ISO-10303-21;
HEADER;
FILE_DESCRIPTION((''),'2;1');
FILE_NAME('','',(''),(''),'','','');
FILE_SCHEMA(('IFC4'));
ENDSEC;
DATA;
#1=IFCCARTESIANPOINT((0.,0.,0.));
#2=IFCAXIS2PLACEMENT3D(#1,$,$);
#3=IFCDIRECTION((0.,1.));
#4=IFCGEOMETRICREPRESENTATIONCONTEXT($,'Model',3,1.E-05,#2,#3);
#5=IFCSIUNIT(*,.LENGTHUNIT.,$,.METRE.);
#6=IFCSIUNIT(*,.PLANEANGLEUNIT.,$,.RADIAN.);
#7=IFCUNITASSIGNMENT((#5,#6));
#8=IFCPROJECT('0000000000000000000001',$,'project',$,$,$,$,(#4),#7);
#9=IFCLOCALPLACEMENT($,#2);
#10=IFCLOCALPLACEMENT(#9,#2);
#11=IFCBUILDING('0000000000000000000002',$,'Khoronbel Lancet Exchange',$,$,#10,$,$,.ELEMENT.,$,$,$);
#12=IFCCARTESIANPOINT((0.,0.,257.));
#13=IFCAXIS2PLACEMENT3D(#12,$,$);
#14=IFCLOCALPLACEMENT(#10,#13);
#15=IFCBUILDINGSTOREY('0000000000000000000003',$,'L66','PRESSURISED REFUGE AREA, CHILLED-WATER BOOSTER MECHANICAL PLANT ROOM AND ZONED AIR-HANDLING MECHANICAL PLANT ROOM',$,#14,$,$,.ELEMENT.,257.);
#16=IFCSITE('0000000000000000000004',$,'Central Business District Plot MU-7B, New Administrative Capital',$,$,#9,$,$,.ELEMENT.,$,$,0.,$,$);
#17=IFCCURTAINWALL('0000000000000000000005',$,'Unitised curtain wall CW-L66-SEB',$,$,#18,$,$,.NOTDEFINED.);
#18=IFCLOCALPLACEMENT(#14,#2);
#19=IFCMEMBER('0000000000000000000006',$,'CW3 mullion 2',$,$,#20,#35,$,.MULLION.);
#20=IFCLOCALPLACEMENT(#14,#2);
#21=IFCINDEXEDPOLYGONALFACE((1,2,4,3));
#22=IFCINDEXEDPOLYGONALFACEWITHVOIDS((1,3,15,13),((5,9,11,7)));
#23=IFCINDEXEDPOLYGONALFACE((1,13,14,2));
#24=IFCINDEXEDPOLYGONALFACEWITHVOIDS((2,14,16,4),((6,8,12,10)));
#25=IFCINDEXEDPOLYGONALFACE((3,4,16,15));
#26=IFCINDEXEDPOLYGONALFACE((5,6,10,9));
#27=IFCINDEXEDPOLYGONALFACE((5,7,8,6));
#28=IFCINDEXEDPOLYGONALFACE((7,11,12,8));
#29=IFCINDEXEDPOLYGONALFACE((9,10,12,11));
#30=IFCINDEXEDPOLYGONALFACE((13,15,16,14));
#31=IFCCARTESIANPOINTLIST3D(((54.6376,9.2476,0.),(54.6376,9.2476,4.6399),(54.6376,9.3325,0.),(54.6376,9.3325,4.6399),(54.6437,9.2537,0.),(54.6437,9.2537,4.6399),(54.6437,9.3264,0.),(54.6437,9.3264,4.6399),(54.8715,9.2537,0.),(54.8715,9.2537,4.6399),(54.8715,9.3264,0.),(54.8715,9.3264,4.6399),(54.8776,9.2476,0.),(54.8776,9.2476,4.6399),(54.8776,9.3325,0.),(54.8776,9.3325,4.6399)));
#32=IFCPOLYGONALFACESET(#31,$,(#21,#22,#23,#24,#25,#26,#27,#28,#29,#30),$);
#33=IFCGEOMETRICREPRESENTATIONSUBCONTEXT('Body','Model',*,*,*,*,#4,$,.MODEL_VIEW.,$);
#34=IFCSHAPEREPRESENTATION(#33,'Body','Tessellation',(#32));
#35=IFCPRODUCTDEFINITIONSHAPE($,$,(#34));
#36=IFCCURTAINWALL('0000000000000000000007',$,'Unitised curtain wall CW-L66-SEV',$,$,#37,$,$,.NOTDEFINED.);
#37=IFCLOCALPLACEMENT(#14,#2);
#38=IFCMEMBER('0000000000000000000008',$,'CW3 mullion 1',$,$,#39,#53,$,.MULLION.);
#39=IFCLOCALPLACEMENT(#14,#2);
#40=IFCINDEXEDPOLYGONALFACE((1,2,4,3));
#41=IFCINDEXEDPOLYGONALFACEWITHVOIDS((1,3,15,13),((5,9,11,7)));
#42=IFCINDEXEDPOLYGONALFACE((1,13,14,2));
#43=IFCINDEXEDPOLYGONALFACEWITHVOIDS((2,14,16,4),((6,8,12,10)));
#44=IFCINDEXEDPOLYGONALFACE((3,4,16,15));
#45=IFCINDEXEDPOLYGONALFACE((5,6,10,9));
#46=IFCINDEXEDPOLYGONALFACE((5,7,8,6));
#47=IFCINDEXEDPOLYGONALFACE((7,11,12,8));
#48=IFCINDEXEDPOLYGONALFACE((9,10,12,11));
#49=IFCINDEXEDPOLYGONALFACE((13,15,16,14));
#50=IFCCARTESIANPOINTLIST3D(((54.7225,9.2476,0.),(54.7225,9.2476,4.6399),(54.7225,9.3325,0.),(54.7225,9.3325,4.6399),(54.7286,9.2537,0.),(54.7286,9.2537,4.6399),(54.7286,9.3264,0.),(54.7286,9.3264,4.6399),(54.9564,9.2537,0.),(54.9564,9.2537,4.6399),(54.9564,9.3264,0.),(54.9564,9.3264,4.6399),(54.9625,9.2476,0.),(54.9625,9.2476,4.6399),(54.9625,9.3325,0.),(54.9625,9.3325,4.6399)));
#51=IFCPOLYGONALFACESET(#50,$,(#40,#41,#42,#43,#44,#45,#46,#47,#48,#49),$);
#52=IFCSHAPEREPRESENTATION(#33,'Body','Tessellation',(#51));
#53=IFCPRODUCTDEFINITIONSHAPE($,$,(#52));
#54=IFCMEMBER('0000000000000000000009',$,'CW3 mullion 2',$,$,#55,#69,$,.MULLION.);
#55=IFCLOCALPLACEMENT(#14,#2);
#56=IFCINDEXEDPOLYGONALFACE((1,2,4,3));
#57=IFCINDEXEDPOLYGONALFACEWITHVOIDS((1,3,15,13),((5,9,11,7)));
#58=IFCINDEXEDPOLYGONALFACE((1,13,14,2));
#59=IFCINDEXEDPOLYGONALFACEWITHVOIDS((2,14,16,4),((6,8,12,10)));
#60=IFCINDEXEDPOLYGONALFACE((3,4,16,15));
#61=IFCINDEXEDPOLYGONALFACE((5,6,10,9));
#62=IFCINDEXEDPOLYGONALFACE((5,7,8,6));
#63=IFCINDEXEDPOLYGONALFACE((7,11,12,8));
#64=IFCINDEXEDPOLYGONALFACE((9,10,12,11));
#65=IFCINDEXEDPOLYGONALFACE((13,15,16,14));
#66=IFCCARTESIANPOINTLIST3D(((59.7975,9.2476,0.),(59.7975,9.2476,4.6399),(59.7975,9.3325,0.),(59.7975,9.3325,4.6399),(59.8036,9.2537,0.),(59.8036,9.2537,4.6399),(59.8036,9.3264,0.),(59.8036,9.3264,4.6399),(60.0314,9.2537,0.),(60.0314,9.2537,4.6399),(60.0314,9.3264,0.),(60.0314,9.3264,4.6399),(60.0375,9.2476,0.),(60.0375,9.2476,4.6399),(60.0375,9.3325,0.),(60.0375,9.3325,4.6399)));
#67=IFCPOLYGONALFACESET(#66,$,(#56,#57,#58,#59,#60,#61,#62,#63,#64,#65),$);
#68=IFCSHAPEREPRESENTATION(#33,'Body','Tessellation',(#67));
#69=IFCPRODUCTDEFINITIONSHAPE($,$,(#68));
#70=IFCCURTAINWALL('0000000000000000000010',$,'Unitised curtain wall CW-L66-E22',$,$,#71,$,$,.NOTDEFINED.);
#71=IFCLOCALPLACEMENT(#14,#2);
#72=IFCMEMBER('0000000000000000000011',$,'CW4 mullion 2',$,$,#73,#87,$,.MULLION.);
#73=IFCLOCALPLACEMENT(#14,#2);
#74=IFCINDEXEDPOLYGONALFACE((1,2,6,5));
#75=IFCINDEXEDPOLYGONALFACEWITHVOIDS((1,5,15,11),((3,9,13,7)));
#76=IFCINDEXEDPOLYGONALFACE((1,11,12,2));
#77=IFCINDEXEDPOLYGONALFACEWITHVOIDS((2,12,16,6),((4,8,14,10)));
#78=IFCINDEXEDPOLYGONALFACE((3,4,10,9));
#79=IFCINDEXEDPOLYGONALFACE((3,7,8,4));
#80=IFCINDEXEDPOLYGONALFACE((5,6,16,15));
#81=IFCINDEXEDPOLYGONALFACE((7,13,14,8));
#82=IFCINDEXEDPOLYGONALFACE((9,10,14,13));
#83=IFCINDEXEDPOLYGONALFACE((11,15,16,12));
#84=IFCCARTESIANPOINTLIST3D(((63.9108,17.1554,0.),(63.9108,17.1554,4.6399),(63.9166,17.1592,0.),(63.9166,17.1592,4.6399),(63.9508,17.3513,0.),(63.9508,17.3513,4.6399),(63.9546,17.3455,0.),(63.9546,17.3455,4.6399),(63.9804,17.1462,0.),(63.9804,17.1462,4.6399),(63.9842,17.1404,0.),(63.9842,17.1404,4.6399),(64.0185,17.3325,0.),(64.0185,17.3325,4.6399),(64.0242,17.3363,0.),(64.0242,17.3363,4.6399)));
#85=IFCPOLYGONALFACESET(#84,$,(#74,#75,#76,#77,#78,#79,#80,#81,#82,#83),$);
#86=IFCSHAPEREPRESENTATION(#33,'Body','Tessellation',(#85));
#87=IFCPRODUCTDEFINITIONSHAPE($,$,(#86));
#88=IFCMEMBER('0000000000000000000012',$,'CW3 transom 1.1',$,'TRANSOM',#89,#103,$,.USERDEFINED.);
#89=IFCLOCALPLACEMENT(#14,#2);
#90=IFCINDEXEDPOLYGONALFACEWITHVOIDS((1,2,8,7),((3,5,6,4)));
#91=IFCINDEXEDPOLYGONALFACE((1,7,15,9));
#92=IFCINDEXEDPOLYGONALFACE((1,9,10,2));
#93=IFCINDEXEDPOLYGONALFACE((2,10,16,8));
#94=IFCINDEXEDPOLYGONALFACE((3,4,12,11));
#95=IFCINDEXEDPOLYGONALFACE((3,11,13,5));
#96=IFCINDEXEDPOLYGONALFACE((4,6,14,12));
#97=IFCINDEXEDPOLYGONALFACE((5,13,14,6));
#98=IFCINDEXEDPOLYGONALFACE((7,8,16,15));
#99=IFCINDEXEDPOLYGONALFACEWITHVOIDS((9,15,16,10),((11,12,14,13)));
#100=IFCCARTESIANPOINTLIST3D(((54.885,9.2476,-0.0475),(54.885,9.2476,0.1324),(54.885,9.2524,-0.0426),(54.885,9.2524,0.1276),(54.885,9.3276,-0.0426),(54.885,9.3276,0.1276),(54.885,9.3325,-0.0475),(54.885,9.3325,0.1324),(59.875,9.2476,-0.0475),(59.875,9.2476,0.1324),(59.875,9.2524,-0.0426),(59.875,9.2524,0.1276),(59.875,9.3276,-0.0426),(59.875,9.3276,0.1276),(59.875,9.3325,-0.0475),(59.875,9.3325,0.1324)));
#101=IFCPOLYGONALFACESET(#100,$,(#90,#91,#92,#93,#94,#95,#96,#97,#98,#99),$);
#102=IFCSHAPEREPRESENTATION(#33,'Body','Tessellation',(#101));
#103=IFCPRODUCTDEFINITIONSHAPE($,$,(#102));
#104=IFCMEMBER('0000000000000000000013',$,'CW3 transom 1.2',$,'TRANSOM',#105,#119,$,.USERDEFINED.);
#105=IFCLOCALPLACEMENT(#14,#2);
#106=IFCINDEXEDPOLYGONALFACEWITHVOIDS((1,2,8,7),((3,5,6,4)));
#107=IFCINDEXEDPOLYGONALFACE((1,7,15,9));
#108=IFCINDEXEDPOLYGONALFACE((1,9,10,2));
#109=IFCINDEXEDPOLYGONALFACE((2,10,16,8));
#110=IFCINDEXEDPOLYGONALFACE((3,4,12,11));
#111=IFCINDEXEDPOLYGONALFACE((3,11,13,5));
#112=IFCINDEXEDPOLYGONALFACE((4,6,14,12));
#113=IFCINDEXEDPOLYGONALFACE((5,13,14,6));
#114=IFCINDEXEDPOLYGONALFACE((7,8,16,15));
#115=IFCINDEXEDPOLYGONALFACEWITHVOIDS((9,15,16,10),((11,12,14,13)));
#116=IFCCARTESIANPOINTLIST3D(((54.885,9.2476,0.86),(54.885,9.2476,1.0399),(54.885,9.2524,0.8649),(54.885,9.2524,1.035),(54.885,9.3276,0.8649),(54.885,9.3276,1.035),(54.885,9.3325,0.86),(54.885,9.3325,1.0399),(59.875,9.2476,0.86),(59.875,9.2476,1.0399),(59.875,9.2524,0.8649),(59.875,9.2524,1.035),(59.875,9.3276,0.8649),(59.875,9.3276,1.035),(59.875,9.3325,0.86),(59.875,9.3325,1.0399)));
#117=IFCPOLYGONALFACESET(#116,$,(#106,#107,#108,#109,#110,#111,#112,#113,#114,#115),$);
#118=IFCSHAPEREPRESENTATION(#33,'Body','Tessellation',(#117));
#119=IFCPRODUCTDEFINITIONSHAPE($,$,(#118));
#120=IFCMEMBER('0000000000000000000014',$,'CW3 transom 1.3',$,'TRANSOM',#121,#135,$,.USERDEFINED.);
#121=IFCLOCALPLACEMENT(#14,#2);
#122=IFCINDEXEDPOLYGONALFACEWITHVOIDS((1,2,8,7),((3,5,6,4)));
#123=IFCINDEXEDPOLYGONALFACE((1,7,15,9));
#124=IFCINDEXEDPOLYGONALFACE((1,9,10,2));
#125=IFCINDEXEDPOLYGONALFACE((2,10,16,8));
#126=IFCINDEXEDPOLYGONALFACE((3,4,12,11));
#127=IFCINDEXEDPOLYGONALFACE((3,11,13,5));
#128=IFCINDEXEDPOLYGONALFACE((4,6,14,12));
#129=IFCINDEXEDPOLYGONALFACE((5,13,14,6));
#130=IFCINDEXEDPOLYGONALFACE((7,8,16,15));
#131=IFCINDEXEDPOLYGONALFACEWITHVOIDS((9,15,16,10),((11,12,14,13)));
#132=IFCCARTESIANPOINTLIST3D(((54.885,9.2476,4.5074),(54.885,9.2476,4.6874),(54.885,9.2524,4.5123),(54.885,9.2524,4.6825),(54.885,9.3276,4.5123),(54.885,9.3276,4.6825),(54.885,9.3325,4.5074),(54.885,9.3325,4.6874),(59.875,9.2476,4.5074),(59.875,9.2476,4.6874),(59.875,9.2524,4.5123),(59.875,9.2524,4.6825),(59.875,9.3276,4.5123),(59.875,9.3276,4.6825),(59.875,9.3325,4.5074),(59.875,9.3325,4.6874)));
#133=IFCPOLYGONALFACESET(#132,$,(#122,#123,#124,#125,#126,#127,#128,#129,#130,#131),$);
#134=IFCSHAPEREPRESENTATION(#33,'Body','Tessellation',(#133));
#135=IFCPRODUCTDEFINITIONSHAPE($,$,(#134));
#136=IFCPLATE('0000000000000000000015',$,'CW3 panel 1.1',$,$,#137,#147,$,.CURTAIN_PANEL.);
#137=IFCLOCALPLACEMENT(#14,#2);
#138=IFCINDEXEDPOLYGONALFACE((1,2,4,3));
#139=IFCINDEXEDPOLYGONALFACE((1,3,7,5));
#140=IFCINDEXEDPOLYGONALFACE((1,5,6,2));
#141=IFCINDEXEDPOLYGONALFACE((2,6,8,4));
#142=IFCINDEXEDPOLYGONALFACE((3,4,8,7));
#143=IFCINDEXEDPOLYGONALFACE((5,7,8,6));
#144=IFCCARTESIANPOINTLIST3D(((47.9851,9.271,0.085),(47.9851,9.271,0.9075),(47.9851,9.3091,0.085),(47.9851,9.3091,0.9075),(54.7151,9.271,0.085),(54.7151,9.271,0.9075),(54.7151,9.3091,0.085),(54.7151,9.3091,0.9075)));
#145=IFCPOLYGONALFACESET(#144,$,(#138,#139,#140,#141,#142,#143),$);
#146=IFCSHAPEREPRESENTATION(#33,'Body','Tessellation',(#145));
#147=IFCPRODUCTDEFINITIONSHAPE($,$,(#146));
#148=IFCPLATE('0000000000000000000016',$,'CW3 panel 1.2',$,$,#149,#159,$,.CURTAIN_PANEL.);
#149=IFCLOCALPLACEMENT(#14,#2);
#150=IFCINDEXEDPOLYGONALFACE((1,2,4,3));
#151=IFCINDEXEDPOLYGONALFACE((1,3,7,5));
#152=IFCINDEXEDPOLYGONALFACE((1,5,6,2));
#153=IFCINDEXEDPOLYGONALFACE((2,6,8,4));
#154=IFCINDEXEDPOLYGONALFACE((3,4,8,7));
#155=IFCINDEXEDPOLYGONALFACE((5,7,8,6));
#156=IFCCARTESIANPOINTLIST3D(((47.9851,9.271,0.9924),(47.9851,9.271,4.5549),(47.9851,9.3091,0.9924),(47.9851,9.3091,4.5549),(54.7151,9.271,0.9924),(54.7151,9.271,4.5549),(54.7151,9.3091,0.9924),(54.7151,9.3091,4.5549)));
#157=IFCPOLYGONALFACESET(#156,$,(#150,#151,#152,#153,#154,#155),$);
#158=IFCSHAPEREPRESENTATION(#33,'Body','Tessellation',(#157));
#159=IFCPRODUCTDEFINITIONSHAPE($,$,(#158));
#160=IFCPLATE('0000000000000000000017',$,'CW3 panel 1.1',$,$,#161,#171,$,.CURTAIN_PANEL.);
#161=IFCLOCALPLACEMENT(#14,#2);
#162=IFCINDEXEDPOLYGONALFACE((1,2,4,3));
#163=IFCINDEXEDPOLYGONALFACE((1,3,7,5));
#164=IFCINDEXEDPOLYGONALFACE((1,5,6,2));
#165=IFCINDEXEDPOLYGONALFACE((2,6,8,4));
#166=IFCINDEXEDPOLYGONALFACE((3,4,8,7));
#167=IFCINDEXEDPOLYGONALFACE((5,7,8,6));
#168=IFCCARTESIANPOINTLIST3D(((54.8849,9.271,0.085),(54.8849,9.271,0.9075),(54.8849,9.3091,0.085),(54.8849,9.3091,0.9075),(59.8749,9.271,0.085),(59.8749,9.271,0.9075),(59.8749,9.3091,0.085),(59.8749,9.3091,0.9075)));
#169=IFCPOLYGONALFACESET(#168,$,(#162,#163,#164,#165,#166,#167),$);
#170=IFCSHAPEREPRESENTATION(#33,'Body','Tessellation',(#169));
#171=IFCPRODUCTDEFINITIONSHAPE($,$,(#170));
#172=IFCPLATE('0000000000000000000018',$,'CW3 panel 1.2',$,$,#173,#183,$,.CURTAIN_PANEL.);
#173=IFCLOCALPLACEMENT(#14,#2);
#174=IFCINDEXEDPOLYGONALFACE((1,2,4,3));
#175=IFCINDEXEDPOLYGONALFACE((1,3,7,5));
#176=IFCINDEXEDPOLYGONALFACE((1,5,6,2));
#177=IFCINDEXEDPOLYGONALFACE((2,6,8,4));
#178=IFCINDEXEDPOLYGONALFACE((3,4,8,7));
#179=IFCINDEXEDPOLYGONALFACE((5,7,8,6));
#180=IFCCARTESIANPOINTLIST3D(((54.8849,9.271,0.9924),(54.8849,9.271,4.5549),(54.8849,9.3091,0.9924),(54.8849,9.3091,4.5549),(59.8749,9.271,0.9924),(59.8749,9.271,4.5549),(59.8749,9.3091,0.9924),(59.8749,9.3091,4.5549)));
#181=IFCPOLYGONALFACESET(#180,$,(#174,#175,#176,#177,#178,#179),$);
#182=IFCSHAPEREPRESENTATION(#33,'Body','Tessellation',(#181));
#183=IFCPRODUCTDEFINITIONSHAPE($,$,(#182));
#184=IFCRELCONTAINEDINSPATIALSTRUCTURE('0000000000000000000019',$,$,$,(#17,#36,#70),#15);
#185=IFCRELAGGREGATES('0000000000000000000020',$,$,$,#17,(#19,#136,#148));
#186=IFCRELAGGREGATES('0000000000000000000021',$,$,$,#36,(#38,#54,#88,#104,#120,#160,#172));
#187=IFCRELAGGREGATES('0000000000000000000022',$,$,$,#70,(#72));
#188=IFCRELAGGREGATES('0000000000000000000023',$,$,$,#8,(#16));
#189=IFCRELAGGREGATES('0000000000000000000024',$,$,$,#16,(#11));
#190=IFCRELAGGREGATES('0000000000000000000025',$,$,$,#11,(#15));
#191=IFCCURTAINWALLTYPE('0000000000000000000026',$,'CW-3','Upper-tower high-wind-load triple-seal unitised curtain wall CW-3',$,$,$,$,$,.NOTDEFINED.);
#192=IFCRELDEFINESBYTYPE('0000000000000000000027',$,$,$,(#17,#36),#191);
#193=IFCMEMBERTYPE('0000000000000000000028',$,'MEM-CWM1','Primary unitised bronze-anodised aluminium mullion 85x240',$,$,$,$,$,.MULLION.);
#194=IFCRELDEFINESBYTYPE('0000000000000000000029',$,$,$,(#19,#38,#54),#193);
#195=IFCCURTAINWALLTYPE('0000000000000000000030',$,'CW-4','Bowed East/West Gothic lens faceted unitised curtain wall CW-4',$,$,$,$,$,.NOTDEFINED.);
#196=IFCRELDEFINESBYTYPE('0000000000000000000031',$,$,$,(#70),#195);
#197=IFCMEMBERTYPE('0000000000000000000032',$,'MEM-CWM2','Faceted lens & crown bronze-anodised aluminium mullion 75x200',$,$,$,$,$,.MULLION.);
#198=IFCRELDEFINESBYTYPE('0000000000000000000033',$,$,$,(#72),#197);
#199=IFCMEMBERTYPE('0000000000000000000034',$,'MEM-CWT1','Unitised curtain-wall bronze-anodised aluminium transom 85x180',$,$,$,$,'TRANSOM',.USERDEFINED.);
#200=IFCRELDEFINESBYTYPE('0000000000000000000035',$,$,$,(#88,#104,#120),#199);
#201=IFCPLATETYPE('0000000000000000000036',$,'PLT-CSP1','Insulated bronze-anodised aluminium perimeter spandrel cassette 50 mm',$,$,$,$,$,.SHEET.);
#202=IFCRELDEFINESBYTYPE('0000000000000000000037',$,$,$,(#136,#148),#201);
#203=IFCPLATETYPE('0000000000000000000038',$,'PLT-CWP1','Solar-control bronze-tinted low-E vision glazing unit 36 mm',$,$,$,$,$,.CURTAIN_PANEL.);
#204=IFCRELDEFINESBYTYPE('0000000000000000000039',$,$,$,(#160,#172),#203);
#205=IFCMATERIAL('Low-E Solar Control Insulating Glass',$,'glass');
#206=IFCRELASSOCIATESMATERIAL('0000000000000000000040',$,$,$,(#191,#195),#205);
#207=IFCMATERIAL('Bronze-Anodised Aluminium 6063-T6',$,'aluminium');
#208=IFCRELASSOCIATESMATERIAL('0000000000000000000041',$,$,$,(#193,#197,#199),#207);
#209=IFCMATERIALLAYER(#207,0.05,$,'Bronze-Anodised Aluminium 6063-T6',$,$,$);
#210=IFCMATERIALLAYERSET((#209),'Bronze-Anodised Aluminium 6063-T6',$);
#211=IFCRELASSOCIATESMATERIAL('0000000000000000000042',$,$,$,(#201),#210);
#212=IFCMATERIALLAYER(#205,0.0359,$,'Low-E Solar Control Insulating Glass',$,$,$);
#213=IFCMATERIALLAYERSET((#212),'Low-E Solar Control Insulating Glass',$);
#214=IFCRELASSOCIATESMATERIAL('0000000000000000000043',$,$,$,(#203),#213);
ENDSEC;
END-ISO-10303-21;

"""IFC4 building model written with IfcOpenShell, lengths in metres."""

from ifc_helpers import new_model, si_unit, direction, frame, origin, origin_2d, place, context, subcontext, project, spatial, rectangle, hollow_rectangle, extrude, material, layer, layer_set, material_profile, profile_set, type_object, element, aggregate, save


model = new_model("IFC4")

# Units and contexts
model_context = context("Model", 3, precision=1e-05, world=origin(), true_north=direction((0.0, 1.0)))
body_context = subcontext(model_context, "Body", "Model", "MODEL_VIEW")
ifc_project = project(units=[si_unit("LENGTHUNIT", "METRE"), si_unit("PLANEANGLEUNIT", "RADIAN")], contexts=[model_context])

# Site, building, storey
site_placement = place(None, origin())
site = spatial("IfcSite", under=ifc_project, at=site_placement, Name="Central Business District Plot MU-7B, New Administrative Capital", CompositionType="ELEMENT", RefElevation=0.0)
building_placement = place(site_placement, origin())
building = spatial("IfcBuilding", under=site, at=building_placement, Name="Khoronbel Lancet Exchange", CompositionType="ELEMENT")
storey_placement = place(building_placement, frame((0.0, 0.0, 257.0)))
storey = spatial("IfcBuildingStorey", under=building, at=storey_placement, Name="L66", Description="PRESSURISED REFUGE AREA, CHILLED-WATER BOOSTER MECHANICAL PLANT ROOM AND ZONED AIR-HANDLING MECHANICAL PLANT ROOM", CompositionType="ELEMENT", Elevation=257.0)

# Curtain wall, member
ifc_material_1 = material(Name="Low-E Solar Control Insulating Glass", Category="glass")
curtain_wall_type_1 = type_object("IfcCurtainWallType", Name="CW-3", Description="Upper-tower high-wind-load triple-seal unitised curtain wall CW-3", PredefinedType="NOTDEFINED", material=ifc_material_1)
curtain_wall_1_placement = place(storey_placement, origin())
curtain_wall_1 = element("IfcCurtainWall", 1, at=curtain_wall_1_placement, inside=storey, type_object=curtain_wall_type_1, Name="Unitised curtain wall CW-L66-SEB", PredefinedType="NOTDEFINED")
ifc_material_2 = material(Name="Bronze-Anodised Aluminium 6063-T6", Category="aluminium")
ifc_material_profile_1 = material_profile(ifc_material_2, hollow_rectangle(XDim=0.085, YDim=0.24, WallThickness=0.0061, at=origin_2d()), Name="ALU MULLION 85x240")
ifc_profile_set_1 = profile_set([ifc_material_profile_1], Name="Bronze-Anodised Aluminium 6063-T6")
member_type_1 = type_object("IfcMemberType", Name="MEM-CWM1", Description="Primary unitised bronze-anodised aluminium mullion 85x240", PredefinedType="MULLION", material=ifc_profile_set_1)
member_1_placement = place(storey_placement, frame((54.7576, 9.29, 0.0), z_axis=(0.0, 0.0, 1.0), x_axis=(0.0, 1.0, 0.0)))
member_1 = element("IfcMember", 2, at=member_1_placement, type_object=member_type_1, Name="CW3 mullion 2", PredefinedType="MULLION", context=body_context, shape_type="SweptSolid", body=[
    extrude(hollow_rectangle(XDim=0.085, YDim=0.24, WallThickness=0.0061, at=origin_2d()), origin(), (0.0, 0.0, 1.0), 4.6399),
])

# Curtain wall, members
curtain_wall_2_placement = place(storey_placement, origin())
curtain_wall_2 = element("IfcCurtainWall", 3, at=curtain_wall_2_placement, inside=storey, type_object=curtain_wall_type_1, Name="Unitised curtain wall CW-L66-SEV", PredefinedType="NOTDEFINED")
member_2_placement = place(storey_placement, frame((54.8425, 9.29, 0.0), z_axis=(0.0, 0.0, 1.0), x_axis=(0.0, 1.0, 0.0)))
member_2 = element("IfcMember", 4, at=member_2_placement, type_object=member_type_1, Name="CW3 mullion 1", PredefinedType="MULLION", context=body_context, shape_type="SweptSolid", body=[
    extrude(hollow_rectangle(XDim=0.085, YDim=0.24, WallThickness=0.0061, at=origin_2d()), origin(), (0.0, 0.0, 1.0), 4.6399),
])
member_3_placement = place(storey_placement, frame((59.9175, 9.29, 0.0), z_axis=(0.0, 0.0, 1.0), x_axis=(0.0, 1.0, 0.0)))
member_3 = element("IfcMember", 5, at=member_3_placement, type_object=member_type_1, Name="CW3 mullion 2", PredefinedType="MULLION", context=body_context, shape_type="SweptSolid", body=[
    extrude(hollow_rectangle(XDim=0.085, YDim=0.24, WallThickness=0.0061, at=origin_2d()), origin(), (0.0, 0.0, 1.0), 4.6399),
])

# Curtain wall, member
curtain_wall_type_2 = type_object("IfcCurtainWallType", Name="CW-4", Description="Bowed East/West Gothic lens faceted unitised curtain wall CW-4", PredefinedType="NOTDEFINED", material=ifc_material_1)
curtain_wall_3_placement = place(storey_placement, origin())
curtain_wall_3 = element("IfcCurtainWall", 6, at=curtain_wall_3_placement, inside=storey, type_object=curtain_wall_type_2, Name="Unitised curtain wall CW-L66-E22", PredefinedType="NOTDEFINED")
ifc_material_profile_2 = material_profile(ifc_material_2, hollow_rectangle(XDim=0.075, YDim=0.2, WallThickness=0.0049, at=origin_2d()), Name="ALU MULLION 75x200")
ifc_profile_set_2 = profile_set([ifc_material_profile_2], Name="Bronze-Anodised Aluminium 6063-T6")
member_type_2 = type_object("IfcMemberType", Name="MEM-CWM2", Description="Faceted lens & crown bronze-anodised aluminium mullion 75x200", PredefinedType="MULLION", material=ifc_profile_set_2)
member_4_placement = place(storey_placement, frame((63.9675, 17.2458, 0.0), z_axis=(0.0, 0.0, 1.0), x_axis=(0.979785, -0.200052, 0.0)))
member_4 = element("IfcMember", 7, at=member_4_placement, type_object=member_type_2, Name="CW4 mullion 2", PredefinedType="MULLION", context=body_context, shape_type="SweptSolid", body=[
    extrude(hollow_rectangle(XDim=0.075, YDim=0.2, WallThickness=0.0049, at=origin_2d()), origin(), (0.0, 0.0, 1.0), 4.6399),
])

# Members
ifc_material_profile_3 = material_profile(ifc_material_2, hollow_rectangle(XDim=0.085, YDim=0.1799, WallThickness=0.0049, at=origin_2d()), Name="ALU TRANSOM 85x180")
ifc_profile_set_3 = profile_set([ifc_material_profile_3], Name="Bronze-Anodised Aluminium 6063-T6")
member_type_3 = type_object("IfcMemberType", Name="MEM-CWT1", Description="Unitised curtain-wall bronze-anodised aluminium transom 85x180", ElementType="TRANSOM", PredefinedType="USERDEFINED", material=ifc_profile_set_3)
member_5_placement = place(storey_placement, frame((54.885, 9.29, 0.0425), z_axis=(1.0, 0.0, 0.0), x_axis=(0.0, 1.0, 0.0)))
member_5 = element("IfcMember", 8, at=member_5_placement, type_object=member_type_3, Name="CW3 transom 1.1", ObjectType="TRANSOM", PredefinedType="USERDEFINED", context=body_context, shape_type="SweptSolid", body=[
    extrude(hollow_rectangle(XDim=0.085, YDim=0.1799, WallThickness=0.0049, at=origin_2d()), origin(), (0.0, 0.0, 1.0), 4.99),
])
member_6_placement = place(storey_placement, frame((54.885, 9.29, 0.95), z_axis=(1.0, 0.0, 0.0), x_axis=(0.0, 1.0, 0.0)))
member_6 = element("IfcMember", 9, at=member_6_placement, type_object=member_type_3, Name="CW3 transom 1.2", ObjectType="TRANSOM", PredefinedType="USERDEFINED", context=body_context, shape_type="SweptSolid", body=[
    extrude(hollow_rectangle(XDim=0.085, YDim=0.1799, WallThickness=0.0049, at=origin_2d()), origin(), (0.0, 0.0, 1.0), 4.99),
])
member_7_placement = place(storey_placement, frame((54.885, 9.29, 4.5974), z_axis=(1.0, 0.0, 0.0), x_axis=(0.0, 1.0, 0.0)))
member_7 = element("IfcMember", 10, at=member_7_placement, type_object=member_type_3, Name="CW3 transom 1.3", ObjectType="TRANSOM", PredefinedType="USERDEFINED", context=body_context, shape_type="SweptSolid", body=[
    extrude(hollow_rectangle(XDim=0.085, YDim=0.1799, WallThickness=0.0049, at=origin_2d()), origin(), (0.0, 0.0, 1.0), 4.99),
])

# Plates
ifc_layer_1 = layer(ifc_material_2, 0.05, Name="Bronze-Anodised Aluminium 6063-T6")
ifc_layer_set_1 = layer_set([ifc_layer_1], Name="Bronze-Anodised Aluminium 6063-T6")
plate_type_1 = type_object("IfcPlateType", Name="PLT-CSP1", Description="Insulated bronze-anodised aluminium perimeter spandrel cassette 50 mm", PredefinedType="SHEET", material=ifc_layer_set_1)
plate_1_placement = place(storey_placement, frame((51.3501, 9.29, 0.085), z_axis=(0.0, 0.0, 1.0), x_axis=(1.0, 0.0, 0.0)))
plate_1 = element("IfcPlate", 11, at=plate_1_placement, type_object=plate_type_1, Name="CW3 panel 1.1", PredefinedType="CURTAIN_PANEL", context=body_context, shape_type="SweptSolid", body=[
    extrude(rectangle(XDim=6.73, YDim=0.0381, at=origin_2d()), origin(), (0.0, 0.0, 1.0), 0.8225),
])
plate_2_placement = place(storey_placement, frame((51.3501, 9.29, 0.9924), z_axis=(0.0, 0.0, 1.0), x_axis=(1.0, 0.0, 0.0)))
plate_2 = element("IfcPlate", 12, at=plate_2_placement, type_object=plate_type_1, Name="CW3 panel 1.2", PredefinedType="CURTAIN_PANEL", context=body_context, shape_type="SweptSolid", body=[
    extrude(rectangle(XDim=6.73, YDim=0.0381, at=origin_2d()), origin(), (0.0, 0.0, 1.0), 3.5625),
])
aggregate(curtain_wall_1, [member_1, plate_1, plate_2])
ifc_layer_2 = layer(ifc_material_1, 0.0359, Name="Low-E Solar Control Insulating Glass")
ifc_layer_set_2 = layer_set([ifc_layer_2], Name="Low-E Solar Control Insulating Glass")
plate_type_2 = type_object("IfcPlateType", Name="PLT-CWP1", Description="Solar-control bronze-tinted low-E vision glazing unit 36 mm", PredefinedType="CURTAIN_PANEL", material=ifc_layer_set_2)
plate_3_placement = place(storey_placement, frame((57.3799, 9.29, 0.085), z_axis=(0.0, 0.0, 1.0), x_axis=(1.0, 0.0, 0.0)))
plate_3 = element("IfcPlate", 13, at=plate_3_placement, type_object=plate_type_2, Name="CW3 panel 1.1", PredefinedType="CURTAIN_PANEL", context=body_context, shape_type="SweptSolid", body=[
    extrude(rectangle(XDim=4.99, YDim=0.0381, at=origin_2d()), origin(), (0.0, 0.0, 1.0), 0.8225),
])
plate_4_placement = place(storey_placement, frame((57.3799, 9.29, 0.9924), z_axis=(0.0, 0.0, 1.0), x_axis=(1.0, 0.0, 0.0)))
plate_4 = element("IfcPlate", 14, at=plate_4_placement, type_object=plate_type_2, Name="CW3 panel 1.2", PredefinedType="CURTAIN_PANEL", context=body_context, shape_type="SweptSolid", body=[
    extrude(rectangle(XDim=4.99, YDim=0.0381, at=origin_2d()), origin(), (0.0, 0.0, 1.0), 3.5625),
])
aggregate(curtain_wall_2, [member_2, member_3, member_5, member_6, member_7, plate_3, plate_4])
aggregate(curtain_wall_3, [member_4])

save(model, "model.ifc")
